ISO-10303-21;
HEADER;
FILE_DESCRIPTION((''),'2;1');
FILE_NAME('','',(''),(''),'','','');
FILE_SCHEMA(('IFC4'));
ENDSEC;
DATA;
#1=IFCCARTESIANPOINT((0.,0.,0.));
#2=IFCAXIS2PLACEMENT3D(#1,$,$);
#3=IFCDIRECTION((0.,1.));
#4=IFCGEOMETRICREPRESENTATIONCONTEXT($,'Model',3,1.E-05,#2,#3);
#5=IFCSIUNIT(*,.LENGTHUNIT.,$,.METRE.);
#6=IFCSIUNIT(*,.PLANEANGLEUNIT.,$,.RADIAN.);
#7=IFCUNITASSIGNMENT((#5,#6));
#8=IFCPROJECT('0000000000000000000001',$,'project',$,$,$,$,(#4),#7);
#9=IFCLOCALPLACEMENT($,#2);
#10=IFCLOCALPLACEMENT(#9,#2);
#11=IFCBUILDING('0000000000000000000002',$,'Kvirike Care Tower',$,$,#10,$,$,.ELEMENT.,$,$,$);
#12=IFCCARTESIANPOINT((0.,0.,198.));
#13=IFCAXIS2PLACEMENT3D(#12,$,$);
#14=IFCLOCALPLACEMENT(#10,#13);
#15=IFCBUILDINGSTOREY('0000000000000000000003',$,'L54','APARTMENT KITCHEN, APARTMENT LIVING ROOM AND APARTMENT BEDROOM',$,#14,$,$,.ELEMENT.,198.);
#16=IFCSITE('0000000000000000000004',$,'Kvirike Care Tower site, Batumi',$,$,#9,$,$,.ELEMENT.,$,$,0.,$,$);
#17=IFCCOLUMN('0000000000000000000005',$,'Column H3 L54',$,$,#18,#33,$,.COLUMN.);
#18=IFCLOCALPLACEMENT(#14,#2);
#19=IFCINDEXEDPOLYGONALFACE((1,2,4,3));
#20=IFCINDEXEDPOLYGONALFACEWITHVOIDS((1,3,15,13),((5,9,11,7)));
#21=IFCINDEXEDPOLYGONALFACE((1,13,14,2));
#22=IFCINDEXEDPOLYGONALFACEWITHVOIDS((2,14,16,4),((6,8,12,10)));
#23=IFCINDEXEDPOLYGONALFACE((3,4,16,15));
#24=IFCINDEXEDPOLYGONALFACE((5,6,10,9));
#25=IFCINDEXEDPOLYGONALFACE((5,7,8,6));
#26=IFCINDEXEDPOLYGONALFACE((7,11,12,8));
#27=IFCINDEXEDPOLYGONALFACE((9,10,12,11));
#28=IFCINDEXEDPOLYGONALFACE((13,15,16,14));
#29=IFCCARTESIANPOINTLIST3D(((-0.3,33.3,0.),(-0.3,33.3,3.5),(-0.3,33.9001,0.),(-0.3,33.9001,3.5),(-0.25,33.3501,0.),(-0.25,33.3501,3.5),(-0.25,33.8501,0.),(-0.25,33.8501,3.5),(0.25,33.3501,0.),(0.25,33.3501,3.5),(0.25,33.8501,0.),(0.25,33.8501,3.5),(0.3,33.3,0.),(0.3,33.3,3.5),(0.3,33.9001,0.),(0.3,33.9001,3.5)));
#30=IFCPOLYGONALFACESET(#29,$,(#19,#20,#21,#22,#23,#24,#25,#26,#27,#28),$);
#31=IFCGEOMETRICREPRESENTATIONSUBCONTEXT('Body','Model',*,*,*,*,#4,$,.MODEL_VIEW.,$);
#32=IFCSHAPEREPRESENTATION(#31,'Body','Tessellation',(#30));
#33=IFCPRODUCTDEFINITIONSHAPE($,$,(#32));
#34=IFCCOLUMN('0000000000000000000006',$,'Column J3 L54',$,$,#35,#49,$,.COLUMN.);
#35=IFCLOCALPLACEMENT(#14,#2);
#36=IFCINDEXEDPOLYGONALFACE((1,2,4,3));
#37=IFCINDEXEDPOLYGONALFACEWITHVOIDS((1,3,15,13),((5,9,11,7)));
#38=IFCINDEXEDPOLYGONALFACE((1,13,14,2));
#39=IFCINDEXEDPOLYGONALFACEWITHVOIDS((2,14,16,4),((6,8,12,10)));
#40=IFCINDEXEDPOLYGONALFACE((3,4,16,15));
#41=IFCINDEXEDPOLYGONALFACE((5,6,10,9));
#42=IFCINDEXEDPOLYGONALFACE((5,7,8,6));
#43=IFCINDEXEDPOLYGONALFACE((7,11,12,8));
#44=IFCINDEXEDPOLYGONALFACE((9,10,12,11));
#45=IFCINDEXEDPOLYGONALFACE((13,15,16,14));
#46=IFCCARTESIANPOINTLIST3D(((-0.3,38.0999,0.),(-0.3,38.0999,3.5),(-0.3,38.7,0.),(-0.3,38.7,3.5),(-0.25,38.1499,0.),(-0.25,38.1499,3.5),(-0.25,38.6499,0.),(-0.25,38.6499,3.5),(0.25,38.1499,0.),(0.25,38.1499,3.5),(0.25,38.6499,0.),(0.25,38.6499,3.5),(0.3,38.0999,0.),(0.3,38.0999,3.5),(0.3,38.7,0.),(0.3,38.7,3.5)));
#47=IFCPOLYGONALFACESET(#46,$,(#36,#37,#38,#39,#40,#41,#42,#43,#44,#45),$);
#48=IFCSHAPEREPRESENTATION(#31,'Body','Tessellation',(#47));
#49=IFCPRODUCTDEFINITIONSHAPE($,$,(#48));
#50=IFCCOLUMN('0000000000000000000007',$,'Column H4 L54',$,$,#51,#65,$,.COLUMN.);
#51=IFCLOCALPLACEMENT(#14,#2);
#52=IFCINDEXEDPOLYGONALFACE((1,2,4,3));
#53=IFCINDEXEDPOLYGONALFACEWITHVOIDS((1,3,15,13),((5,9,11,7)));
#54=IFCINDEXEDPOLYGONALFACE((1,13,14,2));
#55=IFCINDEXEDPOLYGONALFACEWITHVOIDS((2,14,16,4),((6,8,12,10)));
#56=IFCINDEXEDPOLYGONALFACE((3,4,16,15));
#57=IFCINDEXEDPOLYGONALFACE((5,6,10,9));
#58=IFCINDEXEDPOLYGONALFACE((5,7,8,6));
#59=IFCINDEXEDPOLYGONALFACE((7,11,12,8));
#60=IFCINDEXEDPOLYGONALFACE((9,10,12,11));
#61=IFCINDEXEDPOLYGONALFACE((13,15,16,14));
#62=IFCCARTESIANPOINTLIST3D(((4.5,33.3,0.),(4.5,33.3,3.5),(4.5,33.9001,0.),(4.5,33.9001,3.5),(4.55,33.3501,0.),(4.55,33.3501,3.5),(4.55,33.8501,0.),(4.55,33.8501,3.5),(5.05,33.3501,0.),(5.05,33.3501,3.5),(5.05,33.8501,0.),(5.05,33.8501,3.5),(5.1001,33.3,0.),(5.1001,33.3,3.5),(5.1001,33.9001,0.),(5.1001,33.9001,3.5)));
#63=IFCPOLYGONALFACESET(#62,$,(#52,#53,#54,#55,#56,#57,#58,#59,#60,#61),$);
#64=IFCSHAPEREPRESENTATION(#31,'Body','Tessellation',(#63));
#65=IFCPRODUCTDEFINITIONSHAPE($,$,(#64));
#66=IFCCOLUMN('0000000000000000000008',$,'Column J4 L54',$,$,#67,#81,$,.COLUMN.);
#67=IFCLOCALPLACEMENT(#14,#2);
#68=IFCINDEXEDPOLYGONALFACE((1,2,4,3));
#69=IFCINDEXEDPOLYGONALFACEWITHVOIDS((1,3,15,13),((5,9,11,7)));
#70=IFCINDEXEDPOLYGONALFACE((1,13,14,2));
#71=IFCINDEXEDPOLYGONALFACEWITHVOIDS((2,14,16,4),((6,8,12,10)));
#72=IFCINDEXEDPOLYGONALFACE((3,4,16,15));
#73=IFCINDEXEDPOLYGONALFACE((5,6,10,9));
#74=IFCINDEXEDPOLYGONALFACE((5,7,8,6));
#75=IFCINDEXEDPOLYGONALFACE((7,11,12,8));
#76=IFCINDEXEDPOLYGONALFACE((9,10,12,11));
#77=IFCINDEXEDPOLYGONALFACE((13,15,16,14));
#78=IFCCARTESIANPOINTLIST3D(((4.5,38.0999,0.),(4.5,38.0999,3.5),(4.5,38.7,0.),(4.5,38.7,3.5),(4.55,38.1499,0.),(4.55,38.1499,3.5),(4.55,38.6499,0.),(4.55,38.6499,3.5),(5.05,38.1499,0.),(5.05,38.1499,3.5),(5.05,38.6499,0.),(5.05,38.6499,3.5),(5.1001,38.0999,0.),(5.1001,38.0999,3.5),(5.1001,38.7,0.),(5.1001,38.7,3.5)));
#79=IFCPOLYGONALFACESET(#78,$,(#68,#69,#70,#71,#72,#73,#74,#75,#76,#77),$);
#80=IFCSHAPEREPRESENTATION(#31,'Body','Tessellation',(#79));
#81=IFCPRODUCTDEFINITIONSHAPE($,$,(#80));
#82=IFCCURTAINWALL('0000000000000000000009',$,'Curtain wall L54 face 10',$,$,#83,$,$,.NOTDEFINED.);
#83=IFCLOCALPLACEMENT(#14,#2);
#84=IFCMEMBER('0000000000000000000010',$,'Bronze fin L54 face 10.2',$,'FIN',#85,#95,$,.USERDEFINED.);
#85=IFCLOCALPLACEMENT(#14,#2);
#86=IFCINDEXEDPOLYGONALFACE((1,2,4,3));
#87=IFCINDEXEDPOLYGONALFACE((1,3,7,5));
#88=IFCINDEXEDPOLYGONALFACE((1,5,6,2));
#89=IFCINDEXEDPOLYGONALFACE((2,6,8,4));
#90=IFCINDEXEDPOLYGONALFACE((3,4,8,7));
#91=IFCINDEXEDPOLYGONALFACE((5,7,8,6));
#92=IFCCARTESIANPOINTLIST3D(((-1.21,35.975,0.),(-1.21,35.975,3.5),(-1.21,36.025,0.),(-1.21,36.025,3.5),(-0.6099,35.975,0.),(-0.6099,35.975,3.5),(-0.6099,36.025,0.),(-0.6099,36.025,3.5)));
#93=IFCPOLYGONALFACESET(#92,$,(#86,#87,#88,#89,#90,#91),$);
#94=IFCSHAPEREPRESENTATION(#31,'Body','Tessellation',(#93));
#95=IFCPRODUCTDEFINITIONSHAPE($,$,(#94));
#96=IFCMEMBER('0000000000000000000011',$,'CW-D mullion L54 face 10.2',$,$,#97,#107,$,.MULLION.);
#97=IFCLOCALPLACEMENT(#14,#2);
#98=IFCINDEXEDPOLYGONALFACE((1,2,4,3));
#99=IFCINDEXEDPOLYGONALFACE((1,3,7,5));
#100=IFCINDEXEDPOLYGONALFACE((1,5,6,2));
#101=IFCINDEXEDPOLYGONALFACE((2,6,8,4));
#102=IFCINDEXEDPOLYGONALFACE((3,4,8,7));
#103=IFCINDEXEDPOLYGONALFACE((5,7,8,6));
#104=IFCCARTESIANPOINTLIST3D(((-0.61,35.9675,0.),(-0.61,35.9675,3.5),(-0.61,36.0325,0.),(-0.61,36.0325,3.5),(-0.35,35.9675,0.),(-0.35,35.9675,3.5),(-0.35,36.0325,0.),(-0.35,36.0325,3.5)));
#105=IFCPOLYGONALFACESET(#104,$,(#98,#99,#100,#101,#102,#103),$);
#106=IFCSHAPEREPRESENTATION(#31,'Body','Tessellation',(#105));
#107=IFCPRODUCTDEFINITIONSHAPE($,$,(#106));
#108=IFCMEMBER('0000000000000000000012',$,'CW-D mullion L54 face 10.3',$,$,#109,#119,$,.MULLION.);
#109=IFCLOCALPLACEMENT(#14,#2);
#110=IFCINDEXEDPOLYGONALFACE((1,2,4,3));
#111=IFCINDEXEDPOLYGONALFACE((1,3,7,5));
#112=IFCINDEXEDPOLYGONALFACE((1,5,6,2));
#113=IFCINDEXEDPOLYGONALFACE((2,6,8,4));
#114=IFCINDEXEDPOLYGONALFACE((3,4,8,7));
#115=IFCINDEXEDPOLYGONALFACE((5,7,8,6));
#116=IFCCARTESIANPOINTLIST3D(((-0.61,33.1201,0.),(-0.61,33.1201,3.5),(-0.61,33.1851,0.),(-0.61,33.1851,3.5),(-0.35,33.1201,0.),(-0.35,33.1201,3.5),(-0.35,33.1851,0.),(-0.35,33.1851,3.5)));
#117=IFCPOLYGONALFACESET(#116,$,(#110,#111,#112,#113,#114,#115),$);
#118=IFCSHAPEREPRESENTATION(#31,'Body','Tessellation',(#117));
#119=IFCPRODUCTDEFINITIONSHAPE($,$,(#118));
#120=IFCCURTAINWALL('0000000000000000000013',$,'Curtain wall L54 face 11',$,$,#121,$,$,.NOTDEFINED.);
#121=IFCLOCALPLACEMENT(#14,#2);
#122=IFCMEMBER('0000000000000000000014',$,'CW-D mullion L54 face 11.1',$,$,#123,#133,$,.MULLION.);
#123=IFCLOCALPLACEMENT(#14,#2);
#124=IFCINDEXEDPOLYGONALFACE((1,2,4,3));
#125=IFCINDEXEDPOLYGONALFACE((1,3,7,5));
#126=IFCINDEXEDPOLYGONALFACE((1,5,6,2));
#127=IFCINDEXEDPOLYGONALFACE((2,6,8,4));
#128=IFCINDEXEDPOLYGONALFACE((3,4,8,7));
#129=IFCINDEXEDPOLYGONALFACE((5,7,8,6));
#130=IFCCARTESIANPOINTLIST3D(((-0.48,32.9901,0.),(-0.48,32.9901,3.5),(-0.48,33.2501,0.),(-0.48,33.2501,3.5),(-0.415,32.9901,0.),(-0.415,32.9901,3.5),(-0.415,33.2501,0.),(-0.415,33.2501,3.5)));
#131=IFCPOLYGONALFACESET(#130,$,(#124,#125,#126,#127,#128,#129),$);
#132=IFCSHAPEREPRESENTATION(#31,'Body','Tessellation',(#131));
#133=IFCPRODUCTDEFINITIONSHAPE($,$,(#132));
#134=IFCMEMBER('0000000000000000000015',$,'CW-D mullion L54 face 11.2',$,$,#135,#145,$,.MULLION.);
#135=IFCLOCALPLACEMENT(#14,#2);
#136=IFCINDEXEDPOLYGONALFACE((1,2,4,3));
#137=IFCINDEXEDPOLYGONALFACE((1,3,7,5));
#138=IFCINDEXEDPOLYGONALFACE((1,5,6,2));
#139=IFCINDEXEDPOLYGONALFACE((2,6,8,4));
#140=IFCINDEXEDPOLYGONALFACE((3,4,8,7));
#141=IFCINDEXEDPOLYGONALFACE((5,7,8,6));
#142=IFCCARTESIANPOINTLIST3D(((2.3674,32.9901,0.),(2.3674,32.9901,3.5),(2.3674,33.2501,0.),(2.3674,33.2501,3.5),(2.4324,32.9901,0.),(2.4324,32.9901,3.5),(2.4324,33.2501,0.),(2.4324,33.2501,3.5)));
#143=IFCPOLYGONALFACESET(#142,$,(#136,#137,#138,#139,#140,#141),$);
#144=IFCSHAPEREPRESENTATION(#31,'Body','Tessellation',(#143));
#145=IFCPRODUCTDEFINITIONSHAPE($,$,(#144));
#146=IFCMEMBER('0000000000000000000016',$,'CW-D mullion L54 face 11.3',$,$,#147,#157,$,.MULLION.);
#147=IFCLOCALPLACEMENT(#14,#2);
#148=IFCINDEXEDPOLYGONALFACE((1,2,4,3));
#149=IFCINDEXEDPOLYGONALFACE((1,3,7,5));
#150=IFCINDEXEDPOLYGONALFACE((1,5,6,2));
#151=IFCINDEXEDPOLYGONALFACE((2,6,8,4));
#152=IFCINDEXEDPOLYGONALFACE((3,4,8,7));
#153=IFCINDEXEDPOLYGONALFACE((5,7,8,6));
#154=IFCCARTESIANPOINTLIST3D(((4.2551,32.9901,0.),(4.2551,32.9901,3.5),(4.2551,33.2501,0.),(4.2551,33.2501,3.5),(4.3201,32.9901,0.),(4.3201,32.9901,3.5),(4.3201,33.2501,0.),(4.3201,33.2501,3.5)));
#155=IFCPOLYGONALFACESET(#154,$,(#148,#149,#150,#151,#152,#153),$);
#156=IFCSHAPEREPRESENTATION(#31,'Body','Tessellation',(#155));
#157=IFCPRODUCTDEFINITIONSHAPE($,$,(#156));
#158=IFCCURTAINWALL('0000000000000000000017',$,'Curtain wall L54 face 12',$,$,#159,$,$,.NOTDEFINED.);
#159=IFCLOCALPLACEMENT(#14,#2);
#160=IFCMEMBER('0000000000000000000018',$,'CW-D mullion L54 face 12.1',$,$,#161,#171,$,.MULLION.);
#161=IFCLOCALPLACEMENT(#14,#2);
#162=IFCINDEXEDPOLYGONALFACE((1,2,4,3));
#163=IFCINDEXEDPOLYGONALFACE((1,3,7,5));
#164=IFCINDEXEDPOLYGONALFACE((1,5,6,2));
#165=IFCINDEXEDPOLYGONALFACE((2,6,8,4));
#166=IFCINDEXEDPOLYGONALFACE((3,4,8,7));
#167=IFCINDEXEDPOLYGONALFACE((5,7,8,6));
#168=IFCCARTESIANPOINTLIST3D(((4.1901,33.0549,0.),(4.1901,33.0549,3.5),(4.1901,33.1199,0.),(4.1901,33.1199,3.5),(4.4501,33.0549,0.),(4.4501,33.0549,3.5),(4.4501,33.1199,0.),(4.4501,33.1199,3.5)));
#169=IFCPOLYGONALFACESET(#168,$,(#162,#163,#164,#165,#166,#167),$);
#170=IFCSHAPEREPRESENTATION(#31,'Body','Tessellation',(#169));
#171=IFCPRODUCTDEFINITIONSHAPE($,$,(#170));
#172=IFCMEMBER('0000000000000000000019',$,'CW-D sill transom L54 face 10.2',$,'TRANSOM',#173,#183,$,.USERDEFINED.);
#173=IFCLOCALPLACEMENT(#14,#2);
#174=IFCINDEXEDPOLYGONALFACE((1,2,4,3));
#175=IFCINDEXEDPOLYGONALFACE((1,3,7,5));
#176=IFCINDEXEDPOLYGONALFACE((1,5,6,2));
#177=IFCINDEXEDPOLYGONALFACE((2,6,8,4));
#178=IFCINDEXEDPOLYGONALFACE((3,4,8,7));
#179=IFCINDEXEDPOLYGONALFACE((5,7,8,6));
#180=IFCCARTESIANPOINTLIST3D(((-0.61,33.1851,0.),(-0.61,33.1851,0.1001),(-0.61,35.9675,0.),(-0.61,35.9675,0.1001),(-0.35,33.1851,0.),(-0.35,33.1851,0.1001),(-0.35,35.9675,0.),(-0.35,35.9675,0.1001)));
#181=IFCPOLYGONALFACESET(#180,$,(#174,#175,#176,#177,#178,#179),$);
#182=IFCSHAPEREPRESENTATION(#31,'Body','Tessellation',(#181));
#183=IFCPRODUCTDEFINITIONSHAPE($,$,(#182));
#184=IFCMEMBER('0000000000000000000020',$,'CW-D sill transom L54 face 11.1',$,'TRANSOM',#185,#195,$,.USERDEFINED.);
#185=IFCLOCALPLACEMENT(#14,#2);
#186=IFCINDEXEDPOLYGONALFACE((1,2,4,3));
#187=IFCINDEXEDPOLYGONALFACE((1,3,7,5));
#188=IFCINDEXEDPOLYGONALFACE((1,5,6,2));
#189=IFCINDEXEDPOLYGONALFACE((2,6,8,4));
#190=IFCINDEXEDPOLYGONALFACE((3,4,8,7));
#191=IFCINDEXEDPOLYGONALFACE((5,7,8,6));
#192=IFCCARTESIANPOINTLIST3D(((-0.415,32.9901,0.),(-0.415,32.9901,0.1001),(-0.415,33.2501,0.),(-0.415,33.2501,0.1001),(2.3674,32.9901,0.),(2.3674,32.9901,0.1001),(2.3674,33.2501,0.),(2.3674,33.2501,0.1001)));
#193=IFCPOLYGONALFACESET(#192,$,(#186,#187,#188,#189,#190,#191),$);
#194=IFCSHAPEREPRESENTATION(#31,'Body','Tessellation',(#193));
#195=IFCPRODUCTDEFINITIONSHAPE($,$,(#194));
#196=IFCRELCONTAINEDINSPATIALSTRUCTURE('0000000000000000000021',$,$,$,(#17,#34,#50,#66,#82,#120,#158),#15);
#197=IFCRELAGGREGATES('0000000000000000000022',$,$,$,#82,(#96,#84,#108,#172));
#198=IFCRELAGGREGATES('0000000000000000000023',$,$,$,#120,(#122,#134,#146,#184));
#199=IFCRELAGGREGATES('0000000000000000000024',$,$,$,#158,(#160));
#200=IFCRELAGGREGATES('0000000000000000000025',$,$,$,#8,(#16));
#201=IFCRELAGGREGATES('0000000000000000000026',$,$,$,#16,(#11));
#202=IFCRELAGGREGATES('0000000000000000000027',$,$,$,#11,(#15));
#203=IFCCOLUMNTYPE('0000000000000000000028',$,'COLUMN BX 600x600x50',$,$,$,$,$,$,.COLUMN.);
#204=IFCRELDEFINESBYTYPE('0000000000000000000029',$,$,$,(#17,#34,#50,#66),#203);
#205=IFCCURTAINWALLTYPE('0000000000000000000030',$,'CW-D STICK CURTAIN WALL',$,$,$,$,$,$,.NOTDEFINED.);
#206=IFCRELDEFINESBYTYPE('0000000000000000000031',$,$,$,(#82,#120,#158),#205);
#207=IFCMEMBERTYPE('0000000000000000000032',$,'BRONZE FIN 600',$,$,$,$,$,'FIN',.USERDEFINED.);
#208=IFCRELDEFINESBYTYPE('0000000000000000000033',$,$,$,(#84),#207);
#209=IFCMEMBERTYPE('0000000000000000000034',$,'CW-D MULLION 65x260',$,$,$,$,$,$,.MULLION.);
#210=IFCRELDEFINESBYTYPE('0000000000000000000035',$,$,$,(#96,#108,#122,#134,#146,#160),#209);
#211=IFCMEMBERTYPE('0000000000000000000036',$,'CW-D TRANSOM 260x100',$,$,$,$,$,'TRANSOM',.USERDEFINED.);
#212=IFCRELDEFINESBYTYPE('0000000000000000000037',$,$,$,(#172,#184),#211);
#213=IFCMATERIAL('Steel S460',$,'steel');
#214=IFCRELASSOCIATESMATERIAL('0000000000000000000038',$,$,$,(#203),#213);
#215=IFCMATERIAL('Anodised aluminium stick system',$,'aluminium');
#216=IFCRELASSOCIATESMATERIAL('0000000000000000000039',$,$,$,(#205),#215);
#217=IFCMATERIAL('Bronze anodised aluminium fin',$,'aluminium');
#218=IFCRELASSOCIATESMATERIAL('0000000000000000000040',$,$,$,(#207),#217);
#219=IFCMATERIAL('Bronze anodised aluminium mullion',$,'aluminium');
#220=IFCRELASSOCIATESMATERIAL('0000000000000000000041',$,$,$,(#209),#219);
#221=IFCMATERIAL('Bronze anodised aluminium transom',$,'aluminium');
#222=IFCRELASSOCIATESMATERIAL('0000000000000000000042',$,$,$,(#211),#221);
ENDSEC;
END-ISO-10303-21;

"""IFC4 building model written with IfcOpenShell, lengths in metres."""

from ifc_helpers import new_model, si_unit, direction, frame, origin, origin_2d, place, context, subcontext, project, spatial, rectangle, hollow_rectangle, extrude, material, material_profile, profile_set, type_object, element, aggregate, save


model = new_model("IFC4")

# Units and contexts
model_context = context("Model", 3, precision=1e-05, world=origin(), true_north=direction((0.0, 1.0)))
body_context = subcontext(model_context, "Body", "Model", "MODEL_VIEW")
ifc_project = project(units=[si_unit("LENGTHUNIT", "METRE"), si_unit("PLANEANGLEUNIT", "RADIAN")], contexts=[model_context])

# Site, building, storey
site_placement = place(None, origin())
site = spatial("IfcSite", under=ifc_project, at=site_placement, Name="Kvirike Care Tower site, Batumi", CompositionType="ELEMENT", RefElevation=0.0)
building_placement = place(site_placement, origin())
building = spatial("IfcBuilding", under=site, at=building_placement, Name="Kvirike Care Tower", CompositionType="ELEMENT")
storey_placement = place(building_placement, frame((0.0, 0.0, 198.0)))
storey = spatial("IfcBuildingStorey", under=building, at=storey_placement, Name="L54", Description="APARTMENT KITCHEN, APARTMENT LIVING ROOM AND APARTMENT BEDROOM", CompositionType="ELEMENT", Elevation=198.0)

# Columns
ifc_material_1 = material(Name="Steel S460", Category="steel")
ifc_material_profile_1 = material_profile(ifc_material_1, hollow_rectangle(XDim=0.6001, YDim=0.6001, WallThickness=0.05, at=origin_2d()), Name="BX 600x600x50")
ifc_profile_set_1 = profile_set([ifc_material_profile_1], Name="Steel S460")
column_type = type_object("IfcColumnType", Name="COLUMN BX 600x600x50", PredefinedType="COLUMN", material=ifc_profile_set_1)
for number, where, z_axis, x_axis, name in (
    (1, (0.0, 33.6001, 0.0), (0.0, 0.0, 1.0), (0.0, 1.0, 0.0), "Column H3 L54"),
    (2, (0.0, 38.3999, 0.0), (0.0, 0.0, 1.0), (0.0, 1.0, 0.0), "Column J3 L54"),
    (3, (4.8, 33.6001, 0.0), (0.0, 0.0, 1.0), (0.0, 1.0, 0.0), "Column H4 L54"),
    (4, (4.8, 38.3999, 0.0), (0.0, 0.0, 1.0), (0.0, 1.0, 0.0), "Column J4 L54"),
):
    element("IfcColumn", number, at=place(storey_placement, frame(where, z_axis=z_axis, x_axis=x_axis)), inside=storey, type_object=column_type, Name=name, PredefinedType="COLUMN", context=body_context, shape_type="SweptSolid", body=[
        extrude(hollow_rectangle(XDim=0.6001, YDim=0.6001, WallThickness=0.05, at=origin_2d()), origin(), (0.0, 0.0, 1.0), 3.5),
    ])

# Curtain walls, members
ifc_material_2 = material(Name="Anodised aluminium stick system", Category="aluminium")
curtain_wall_type = type_object("IfcCurtainWallType", Name="CW-D STICK CURTAIN WALL", PredefinedType="NOTDEFINED", material=ifc_material_2)
curtain_wall_1_placement = place(storey_placement, origin())
curtain_wall_1 = element("IfcCurtainWall", 5, at=curtain_wall_1_placement, inside=storey, type_object=curtain_wall_type, Name="Curtain wall L54 face 10", PredefinedType="NOTDEFINED")
ifc_material_3 = material(Name="Bronze anodised aluminium fin", Category="aluminium")
ifc_material_profile_2 = material_profile(ifc_material_3, rectangle(XDim=0.05, YDim=0.6001, at=origin_2d()), Name="BRONZE FIN 600")
ifc_profile_set_2 = profile_set([ifc_material_profile_2], Name="Bronze anodised aluminium fin")
member_type_1 = type_object("IfcMemberType", Name="BRONZE FIN 600", ElementType="FIN", PredefinedType="USERDEFINED", material=ifc_profile_set_2)
member_1_placement = place(storey_placement, frame((-0.9099, 36.0, 0.0), z_axis=(0.0, 0.0, 1.0), x_axis=(0.0, -1.0, 0.0)))
member_1 = element("IfcMember", 6, at=member_1_placement, type_object=member_type_1, Name="Bronze fin L54 face 10.2", ObjectType="FIN", PredefinedType="USERDEFINED", context=body_context, shape_type="SweptSolid", body=[
    extrude(rectangle(XDim=0.05, YDim=0.6001, at=origin_2d()), origin(), (0.0, 0.0, 1.0), 3.5),
])
ifc_material_4 = material(Name="Bronze anodised aluminium mullion", Category="aluminium")
ifc_material_profile_3 = material_profile(ifc_material_4, rectangle(XDim=0.0649, YDim=0.26, at=origin_2d()), Name="CW-D MULLION 65x260")
ifc_profile_set_3 = profile_set([ifc_material_profile_3], Name="Bronze anodised aluminium mullion")
member_type_2 = type_object("IfcMemberType", Name="CW-D MULLION 65x260", PredefinedType="MULLION", material=ifc_profile_set_3)
member_2_placement = place(storey_placement, frame((-0.48, 36.0, 0.0), z_axis=(0.0, 0.0, 1.0), x_axis=(0.0, -1.0, 0.0)))
member_2 = element("IfcMember", 7, at=member_2_placement, type_object=member_type_2, Name="CW-D mullion L54 face 10.2", PredefinedType="MULLION", context=body_context, shape_type="SweptSolid", body=[
    extrude(rectangle(XDim=0.0649, YDim=0.26, at=origin_2d()), origin(), (0.0, 0.0, 1.0), 3.5),
])
member_3_placement = place(storey_placement, frame((-0.48, 33.1526, 0.0), z_axis=(0.0, 0.0, 1.0), x_axis=(0.0, -1.0, 0.0)))
member_3 = element("IfcMember", 8, at=member_3_placement, type_object=member_type_2, Name="CW-D mullion L54 face 10.3", PredefinedType="MULLION", context=body_context, shape_type="SweptSolid", body=[
    extrude(rectangle(XDim=0.0649, YDim=0.26, at=origin_2d()), origin(), (0.0, 0.0, 1.0), 3.5),
])
curtain_wall_2_placement = place(storey_placement, origin())
curtain_wall_2 = element("IfcCurtainWall", 9, at=curtain_wall_2_placement, inside=storey, type_object=curtain_wall_type, Name="Curtain wall L54 face 11", PredefinedType="NOTDEFINED")
member_4_placement = place(storey_placement, frame((-0.4475, 33.1201, 0.0), z_axis=(0.0, 0.0, 1.0), x_axis=(1.0, 0.0, 0.0)))
member_4 = element("IfcMember", 10, at=member_4_placement, type_object=member_type_2, Name="CW-D mullion L54 face 11.1", PredefinedType="MULLION", context=body_context, shape_type="SweptSolid", body=[
    extrude(rectangle(XDim=0.0649, YDim=0.26, at=origin_2d()), origin(), (0.0, 0.0, 1.0), 3.5),
])
member_5_placement = place(storey_placement, frame((2.3999, 33.1201, 0.0), z_axis=(0.0, 0.0, 1.0), x_axis=(1.0, 0.0, 0.0)))
member_5 = element("IfcMember", 11, at=member_5_placement, type_object=member_type_2, Name="CW-D mullion L54 face 11.2", PredefinedType="MULLION", context=body_context, shape_type="SweptSolid", body=[
    extrude(rectangle(XDim=0.0649, YDim=0.26, at=origin_2d()), origin(), (0.0, 0.0, 1.0), 3.5),
])
member_6_placement = place(storey_placement, frame((4.2876, 33.1201, 0.0), z_axis=(0.0, 0.0, 1.0), x_axis=(1.0, 0.0, 0.0)))
member_6 = element("IfcMember", 12, at=member_6_placement, type_object=member_type_2, Name="CW-D mullion L54 face 11.3", PredefinedType="MULLION", context=body_context, shape_type="SweptSolid", body=[
    extrude(rectangle(XDim=0.0649, YDim=0.26, at=origin_2d()), origin(), (0.0, 0.0, 1.0), 3.5),
])

# Curtain wall, member
curtain_wall_3_placement = place(storey_placement, origin())
curtain_wall_3 = element("IfcCurtainWall", 13, at=curtain_wall_3_placement, inside=storey, type_object=curtain_wall_type, Name="Curtain wall L54 face 12", PredefinedType="NOTDEFINED")
member_7_placement = place(storey_placement, frame((4.3201, 33.0874, 0.0), z_axis=(0.0, 0.0, 1.0), x_axis=(0.0, -1.0, 0.0)))
member_7 = element("IfcMember", 14, at=member_7_placement, type_object=member_type_2, Name="CW-D mullion L54 face 12.1", PredefinedType="MULLION", context=body_context, shape_type="SweptSolid", body=[
    extrude(rectangle(XDim=0.0649, YDim=0.26, at=origin_2d()), origin(), (0.0, 0.0, 1.0), 3.5),
])

# Members
ifc_material_5 = material(Name="Bronze anodised aluminium transom", Category="aluminium")
ifc_material_profile_4 = material_profile(ifc_material_5, rectangle(XDim=0.26, YDim=0.1001, at=origin_2d()), Name="CW-D TRANSOM 260x100")
ifc_profile_set_4 = profile_set([ifc_material_profile_4], Name="Bronze anodised aluminium transom")
member_type_3 = type_object("IfcMemberType", Name="CW-D TRANSOM 260x100", ElementType="TRANSOM", PredefinedType="USERDEFINED", material=ifc_profile_set_4)
member_8_placement = place(storey_placement, frame((-0.48, 35.9675, 0.05), z_axis=(0.0, -1.0, 0.0), x_axis=(1.0, 0.0, 0.0)))
member_8 = element("IfcMember", 15, at=member_8_placement, type_object=member_type_3, Name="CW-D sill transom L54 face 10.2", ObjectType="TRANSOM", PredefinedType="USERDEFINED", context=body_context, shape_type="SweptSolid", body=[
    extrude(rectangle(XDim=0.26, YDim=0.1001, at=origin_2d()), origin(), (0.0, 0.0, 1.0), 2.7825),
])
member_9_placement = place(storey_placement, frame((-0.415, 33.1201, 0.05), z_axis=(1.0, 0.0, 0.0), x_axis=(0.0, 1.0, 0.0)))
member_9 = element("IfcMember", 16, at=member_9_placement, type_object=member_type_3, Name="CW-D sill transom L54 face 11.1", ObjectType="TRANSOM", PredefinedType="USERDEFINED", context=body_context, shape_type="SweptSolid", body=[
    extrude(rectangle(XDim=0.26, YDim=0.1001, at=origin_2d()), origin(), (0.0, 0.0, 1.0), 2.7825),
])

aggregate(curtain_wall_1, [member_2, member_1, member_3, member_8])
aggregate(curtain_wall_2, [member_4, member_5, member_6, member_9])
aggregate(curtain_wall_3, [member_7])

save(model, "model.ifc")
